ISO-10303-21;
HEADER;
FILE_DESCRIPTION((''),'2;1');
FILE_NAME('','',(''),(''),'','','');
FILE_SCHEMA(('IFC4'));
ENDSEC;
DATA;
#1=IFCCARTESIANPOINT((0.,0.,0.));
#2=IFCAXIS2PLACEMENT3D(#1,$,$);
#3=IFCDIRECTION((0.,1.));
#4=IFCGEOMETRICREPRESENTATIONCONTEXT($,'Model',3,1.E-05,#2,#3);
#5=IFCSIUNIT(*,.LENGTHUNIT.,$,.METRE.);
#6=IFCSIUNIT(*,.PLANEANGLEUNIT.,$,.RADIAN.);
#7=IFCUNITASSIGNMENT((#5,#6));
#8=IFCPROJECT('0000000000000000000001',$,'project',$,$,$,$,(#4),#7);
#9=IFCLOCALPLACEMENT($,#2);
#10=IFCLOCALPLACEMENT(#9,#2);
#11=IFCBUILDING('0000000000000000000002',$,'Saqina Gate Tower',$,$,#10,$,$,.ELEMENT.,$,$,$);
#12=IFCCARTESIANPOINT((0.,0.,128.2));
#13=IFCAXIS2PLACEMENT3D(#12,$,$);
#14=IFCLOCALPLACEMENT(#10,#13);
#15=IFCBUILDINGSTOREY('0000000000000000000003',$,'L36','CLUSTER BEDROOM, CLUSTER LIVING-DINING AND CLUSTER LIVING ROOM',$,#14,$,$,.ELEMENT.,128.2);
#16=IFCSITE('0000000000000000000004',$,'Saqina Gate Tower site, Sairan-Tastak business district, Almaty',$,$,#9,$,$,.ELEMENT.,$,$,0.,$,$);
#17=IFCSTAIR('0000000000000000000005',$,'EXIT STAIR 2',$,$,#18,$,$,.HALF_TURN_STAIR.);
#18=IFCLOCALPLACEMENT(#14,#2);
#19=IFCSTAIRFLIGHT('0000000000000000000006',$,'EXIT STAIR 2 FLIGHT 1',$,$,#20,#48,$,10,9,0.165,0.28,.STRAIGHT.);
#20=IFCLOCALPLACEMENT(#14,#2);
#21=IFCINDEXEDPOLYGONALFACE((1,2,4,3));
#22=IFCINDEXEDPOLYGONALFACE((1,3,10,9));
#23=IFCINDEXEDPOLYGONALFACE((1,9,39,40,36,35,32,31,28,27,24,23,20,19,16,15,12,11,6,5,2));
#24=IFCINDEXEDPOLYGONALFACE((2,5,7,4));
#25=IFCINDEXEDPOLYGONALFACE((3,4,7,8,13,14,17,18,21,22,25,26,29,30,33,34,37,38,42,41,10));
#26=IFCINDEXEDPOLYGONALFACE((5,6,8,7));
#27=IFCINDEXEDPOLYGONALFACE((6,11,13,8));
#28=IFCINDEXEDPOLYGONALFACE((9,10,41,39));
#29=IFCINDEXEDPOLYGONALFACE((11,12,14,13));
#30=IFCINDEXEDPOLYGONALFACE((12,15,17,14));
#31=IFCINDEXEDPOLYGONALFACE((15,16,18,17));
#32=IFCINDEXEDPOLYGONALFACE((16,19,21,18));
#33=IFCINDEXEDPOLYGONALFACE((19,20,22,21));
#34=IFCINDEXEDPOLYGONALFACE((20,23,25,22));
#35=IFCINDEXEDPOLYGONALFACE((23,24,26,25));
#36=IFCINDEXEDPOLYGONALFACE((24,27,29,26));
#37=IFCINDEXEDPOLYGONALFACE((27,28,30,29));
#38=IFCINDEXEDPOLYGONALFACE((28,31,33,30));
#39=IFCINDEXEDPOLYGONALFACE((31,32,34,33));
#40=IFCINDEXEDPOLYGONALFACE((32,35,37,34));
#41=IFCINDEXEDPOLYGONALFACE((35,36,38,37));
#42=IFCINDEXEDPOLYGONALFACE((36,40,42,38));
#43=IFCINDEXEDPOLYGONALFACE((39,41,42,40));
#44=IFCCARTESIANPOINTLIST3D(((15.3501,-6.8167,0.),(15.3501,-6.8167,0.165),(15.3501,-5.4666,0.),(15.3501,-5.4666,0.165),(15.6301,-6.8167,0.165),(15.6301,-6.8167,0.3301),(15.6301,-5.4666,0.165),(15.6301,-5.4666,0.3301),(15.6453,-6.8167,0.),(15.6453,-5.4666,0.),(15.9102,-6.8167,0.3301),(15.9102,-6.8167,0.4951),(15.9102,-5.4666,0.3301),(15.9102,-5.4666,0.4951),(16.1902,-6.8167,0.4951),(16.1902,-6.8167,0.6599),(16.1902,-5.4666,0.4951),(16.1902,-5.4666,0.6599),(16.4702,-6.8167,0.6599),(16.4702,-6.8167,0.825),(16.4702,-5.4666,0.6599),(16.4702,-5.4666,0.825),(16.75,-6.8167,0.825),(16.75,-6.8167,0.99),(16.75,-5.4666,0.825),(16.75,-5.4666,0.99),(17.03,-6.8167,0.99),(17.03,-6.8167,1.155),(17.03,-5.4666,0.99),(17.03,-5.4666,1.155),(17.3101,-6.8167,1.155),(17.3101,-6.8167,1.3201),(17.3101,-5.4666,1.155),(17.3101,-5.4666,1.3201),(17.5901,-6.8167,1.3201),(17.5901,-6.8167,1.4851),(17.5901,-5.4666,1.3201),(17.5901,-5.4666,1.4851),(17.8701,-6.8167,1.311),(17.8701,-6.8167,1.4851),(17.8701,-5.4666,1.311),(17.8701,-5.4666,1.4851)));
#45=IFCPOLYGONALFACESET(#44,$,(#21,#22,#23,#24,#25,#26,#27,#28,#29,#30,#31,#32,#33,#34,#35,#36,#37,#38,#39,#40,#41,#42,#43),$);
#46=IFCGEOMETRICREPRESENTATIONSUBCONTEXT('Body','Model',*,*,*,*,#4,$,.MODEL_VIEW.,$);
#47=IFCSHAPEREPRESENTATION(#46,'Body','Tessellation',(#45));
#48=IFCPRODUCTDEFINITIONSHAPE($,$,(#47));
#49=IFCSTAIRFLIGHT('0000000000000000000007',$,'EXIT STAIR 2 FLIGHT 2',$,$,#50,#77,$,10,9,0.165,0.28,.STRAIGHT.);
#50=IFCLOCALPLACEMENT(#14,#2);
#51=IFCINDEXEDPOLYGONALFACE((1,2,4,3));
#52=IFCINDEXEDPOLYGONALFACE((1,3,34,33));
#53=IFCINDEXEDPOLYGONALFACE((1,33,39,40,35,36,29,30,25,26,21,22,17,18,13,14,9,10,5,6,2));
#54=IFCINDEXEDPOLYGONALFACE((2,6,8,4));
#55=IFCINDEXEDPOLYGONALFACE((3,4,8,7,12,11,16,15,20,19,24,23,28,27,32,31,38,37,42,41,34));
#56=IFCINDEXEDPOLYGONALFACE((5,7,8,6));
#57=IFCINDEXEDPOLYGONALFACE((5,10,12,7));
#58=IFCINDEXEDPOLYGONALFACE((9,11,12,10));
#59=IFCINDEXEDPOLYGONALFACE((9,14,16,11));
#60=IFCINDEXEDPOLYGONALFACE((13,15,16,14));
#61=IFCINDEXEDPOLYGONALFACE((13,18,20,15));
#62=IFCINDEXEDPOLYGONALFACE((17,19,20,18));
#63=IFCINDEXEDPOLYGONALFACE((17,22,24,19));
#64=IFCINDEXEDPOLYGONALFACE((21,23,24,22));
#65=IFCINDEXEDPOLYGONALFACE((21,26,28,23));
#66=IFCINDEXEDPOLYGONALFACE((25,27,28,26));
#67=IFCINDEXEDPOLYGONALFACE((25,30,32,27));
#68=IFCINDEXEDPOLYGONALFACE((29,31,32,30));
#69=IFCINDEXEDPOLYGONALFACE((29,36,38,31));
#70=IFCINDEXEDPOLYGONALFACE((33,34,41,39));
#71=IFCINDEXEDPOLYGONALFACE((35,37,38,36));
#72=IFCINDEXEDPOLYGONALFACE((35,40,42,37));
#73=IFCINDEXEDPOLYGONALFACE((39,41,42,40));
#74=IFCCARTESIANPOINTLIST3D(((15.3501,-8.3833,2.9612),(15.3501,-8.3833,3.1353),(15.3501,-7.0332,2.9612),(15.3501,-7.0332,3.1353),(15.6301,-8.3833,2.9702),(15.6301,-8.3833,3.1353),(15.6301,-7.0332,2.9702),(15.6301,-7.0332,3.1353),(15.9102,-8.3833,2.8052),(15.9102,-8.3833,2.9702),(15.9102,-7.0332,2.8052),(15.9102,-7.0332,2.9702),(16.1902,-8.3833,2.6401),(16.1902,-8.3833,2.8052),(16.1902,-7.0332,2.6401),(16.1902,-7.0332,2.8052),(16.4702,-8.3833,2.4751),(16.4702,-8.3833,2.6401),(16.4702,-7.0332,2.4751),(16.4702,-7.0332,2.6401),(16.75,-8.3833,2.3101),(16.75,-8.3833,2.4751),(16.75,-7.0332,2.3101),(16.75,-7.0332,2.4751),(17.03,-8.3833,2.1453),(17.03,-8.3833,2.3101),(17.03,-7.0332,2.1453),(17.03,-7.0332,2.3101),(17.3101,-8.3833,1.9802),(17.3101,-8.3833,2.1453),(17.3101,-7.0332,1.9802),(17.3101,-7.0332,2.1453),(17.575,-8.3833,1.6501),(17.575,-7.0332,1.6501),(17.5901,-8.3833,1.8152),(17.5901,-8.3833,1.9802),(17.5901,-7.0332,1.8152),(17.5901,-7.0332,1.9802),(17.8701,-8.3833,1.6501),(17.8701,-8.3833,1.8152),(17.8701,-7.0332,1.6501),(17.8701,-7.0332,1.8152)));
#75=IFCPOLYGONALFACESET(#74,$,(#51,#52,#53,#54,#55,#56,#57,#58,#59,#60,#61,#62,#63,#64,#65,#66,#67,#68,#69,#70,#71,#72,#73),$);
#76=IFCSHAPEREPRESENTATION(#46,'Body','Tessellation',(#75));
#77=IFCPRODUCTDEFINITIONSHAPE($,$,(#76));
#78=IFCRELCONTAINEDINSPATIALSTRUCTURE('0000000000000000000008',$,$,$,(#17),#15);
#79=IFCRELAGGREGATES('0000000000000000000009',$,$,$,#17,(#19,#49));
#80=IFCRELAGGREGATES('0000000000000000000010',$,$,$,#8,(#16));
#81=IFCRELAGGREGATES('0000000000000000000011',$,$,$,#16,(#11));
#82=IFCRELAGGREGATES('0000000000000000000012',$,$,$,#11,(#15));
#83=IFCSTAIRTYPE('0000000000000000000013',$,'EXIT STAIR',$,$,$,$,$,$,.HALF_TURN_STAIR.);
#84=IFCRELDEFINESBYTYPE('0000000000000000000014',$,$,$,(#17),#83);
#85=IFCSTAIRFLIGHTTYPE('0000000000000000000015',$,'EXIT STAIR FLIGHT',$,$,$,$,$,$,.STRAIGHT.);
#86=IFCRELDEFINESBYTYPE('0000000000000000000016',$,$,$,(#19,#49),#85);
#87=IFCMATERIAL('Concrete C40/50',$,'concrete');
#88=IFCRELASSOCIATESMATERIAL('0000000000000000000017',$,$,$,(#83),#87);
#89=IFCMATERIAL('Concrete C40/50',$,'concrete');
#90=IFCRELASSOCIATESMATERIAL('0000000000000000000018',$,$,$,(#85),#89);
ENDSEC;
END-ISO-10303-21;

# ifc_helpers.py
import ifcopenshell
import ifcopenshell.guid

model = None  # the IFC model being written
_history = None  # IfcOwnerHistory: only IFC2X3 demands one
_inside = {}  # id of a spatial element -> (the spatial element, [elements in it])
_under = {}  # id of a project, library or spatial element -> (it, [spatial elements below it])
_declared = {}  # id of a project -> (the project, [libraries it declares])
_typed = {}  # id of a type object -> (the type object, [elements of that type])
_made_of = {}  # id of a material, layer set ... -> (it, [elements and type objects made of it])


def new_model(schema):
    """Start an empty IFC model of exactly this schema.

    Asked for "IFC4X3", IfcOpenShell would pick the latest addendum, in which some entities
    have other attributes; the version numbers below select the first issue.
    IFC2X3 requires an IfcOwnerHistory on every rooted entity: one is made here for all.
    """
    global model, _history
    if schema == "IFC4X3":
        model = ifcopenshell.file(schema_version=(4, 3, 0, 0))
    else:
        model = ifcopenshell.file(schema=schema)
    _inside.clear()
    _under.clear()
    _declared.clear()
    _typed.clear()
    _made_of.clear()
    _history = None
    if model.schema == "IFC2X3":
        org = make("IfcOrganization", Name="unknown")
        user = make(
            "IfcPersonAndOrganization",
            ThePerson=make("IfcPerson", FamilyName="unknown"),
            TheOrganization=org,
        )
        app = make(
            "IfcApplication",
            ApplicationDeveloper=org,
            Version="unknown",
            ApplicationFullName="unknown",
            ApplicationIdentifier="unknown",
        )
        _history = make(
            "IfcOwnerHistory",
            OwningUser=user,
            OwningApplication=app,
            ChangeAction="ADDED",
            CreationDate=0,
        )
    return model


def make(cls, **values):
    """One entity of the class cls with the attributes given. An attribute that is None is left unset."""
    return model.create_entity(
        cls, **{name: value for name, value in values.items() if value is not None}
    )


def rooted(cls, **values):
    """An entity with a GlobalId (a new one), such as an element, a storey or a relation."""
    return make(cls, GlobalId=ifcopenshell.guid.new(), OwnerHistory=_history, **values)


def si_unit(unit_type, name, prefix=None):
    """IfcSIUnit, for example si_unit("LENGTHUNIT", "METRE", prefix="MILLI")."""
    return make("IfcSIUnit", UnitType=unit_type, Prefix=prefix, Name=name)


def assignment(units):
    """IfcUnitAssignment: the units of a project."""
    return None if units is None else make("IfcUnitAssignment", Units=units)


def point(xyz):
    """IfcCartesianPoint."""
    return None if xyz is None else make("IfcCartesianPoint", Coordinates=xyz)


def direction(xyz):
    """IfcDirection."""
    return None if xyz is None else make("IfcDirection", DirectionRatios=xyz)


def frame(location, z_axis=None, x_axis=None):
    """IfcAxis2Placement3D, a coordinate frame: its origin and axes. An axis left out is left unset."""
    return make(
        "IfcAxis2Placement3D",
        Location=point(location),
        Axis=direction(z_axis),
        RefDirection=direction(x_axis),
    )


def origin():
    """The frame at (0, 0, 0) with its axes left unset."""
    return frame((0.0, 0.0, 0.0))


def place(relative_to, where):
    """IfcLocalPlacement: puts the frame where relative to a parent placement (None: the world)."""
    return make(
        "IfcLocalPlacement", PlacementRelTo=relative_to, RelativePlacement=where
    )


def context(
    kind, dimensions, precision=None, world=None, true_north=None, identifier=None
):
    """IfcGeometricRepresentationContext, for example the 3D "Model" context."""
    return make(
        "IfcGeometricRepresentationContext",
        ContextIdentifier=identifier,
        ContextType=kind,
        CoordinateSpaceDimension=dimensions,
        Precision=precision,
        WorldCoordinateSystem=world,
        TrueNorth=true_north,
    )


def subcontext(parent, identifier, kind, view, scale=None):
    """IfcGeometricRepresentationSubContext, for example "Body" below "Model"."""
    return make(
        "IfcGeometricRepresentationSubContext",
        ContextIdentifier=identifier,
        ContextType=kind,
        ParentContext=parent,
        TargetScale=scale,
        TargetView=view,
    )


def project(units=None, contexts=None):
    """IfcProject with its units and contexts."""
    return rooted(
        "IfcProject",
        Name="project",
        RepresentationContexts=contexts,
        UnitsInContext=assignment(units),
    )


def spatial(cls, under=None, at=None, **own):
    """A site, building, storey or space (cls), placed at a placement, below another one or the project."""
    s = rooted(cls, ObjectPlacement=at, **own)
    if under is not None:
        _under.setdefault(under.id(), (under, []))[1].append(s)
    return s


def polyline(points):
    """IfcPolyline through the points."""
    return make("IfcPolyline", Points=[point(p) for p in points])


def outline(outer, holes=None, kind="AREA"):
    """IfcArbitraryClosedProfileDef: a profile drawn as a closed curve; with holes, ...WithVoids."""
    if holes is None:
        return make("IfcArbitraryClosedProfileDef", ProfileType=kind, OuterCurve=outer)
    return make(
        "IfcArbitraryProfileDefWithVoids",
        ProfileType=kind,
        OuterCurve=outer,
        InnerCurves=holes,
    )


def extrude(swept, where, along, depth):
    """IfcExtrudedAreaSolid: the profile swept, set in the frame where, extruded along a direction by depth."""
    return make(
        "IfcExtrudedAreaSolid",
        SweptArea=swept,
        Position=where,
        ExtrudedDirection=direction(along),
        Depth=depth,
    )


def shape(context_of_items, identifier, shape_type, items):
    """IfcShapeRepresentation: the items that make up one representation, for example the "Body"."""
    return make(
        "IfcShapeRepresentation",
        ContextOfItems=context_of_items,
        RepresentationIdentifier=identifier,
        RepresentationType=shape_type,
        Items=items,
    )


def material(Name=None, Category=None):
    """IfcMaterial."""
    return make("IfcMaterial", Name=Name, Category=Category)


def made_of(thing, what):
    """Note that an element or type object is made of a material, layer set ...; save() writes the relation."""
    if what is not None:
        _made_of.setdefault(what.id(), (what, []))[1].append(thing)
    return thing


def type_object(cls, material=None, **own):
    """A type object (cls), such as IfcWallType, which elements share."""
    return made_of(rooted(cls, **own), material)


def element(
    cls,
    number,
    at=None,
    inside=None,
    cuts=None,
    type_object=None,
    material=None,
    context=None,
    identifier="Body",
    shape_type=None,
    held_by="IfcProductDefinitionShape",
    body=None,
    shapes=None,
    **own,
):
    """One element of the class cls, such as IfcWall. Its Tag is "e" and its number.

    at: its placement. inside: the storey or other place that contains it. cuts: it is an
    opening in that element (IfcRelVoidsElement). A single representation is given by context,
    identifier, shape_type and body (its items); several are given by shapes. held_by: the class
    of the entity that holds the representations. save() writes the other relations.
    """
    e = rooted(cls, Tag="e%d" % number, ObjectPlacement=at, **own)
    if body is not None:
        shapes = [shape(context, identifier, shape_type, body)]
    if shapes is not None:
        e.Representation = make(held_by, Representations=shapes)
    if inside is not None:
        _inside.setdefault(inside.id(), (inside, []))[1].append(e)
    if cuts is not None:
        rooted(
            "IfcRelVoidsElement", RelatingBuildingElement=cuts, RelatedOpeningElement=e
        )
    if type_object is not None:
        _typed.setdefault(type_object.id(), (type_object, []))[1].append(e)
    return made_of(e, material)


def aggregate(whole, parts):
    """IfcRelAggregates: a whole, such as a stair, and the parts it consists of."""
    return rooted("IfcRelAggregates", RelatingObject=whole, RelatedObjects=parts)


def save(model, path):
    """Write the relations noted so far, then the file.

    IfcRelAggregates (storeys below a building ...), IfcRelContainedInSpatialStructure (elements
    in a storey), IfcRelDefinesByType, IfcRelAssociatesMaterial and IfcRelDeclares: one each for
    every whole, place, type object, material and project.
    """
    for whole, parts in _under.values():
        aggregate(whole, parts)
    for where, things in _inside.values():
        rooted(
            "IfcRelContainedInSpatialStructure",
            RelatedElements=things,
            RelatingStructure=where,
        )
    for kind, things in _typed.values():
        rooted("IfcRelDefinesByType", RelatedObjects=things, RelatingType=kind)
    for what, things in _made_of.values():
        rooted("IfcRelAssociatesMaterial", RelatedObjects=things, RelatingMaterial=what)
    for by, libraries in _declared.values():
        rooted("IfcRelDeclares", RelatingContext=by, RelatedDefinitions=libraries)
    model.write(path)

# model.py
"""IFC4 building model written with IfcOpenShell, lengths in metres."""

from ifc_helpers import new_model, si_unit, direction, frame, origin, place, context, subcontext, project, spatial, polyline, outline, extrude, material, type_object, element, aggregate, save


model = new_model("IFC4")

# Units and contexts
model_context = context("Model", 3, precision=1e-05, world=origin(), true_north=direction((0.0, 1.0)))
body_context = subcontext(model_context, "Body", "Model", "MODEL_VIEW")
ifc_project = project(units=[si_unit("LENGTHUNIT", "METRE"), si_unit("PLANEANGLEUNIT", "RADIAN")], contexts=[model_context])

# Site, building, storey
site_placement = place(None, origin())
site = spatial("IfcSite", under=ifc_project, at=site_placement, Name="Saqina Gate Tower site, Sairan-Tastak business district, Almaty", CompositionType="ELEMENT", RefElevation=0.0)
building_placement = place(site_placement, origin())
building = spatial("IfcBuilding", under=site, at=building_placement, Name="Saqina Gate Tower", CompositionType="ELEMENT")
storey_placement = place(building_placement, frame((0.0, 0.0, 128.2)))
storey = spatial("IfcBuildingStorey", under=building, at=storey_placement, Name="L36", Description="CLUSTER BEDROOM, CLUSTER LIVING-DINING AND CLUSTER LIVING ROOM", CompositionType="ELEMENT", Elevation=128.2)

# Stair, stair flights
ifc_material_1 = material(Name="Concrete C40/50", Category="concrete")
stair_type = type_object("IfcStairType", Name="EXIT STAIR", PredefinedType="HALF_TURN_STAIR", material=ifc_material_1)
stair_placement = place(storey_placement, origin())
stair = element("IfcStair", 1, at=stair_placement, inside=storey, type_object=stair_type, Name="EXIT STAIR 2", PredefinedType="HALF_TURN_STAIR")
ifc_material_2 = material(Name="Concrete C40/50", Category="concrete")
stair_flight_type = type_object("IfcStairFlightType", Name="EXIT STAIR FLIGHT", PredefinedType="STRAIGHT", material=ifc_material_2)
stair_flight_1_placement = place(storey_placement, frame((15.3501, -6.1416, 0.0), z_axis=(0.0, 0.0, 1.0), x_axis=(1.0, 0.0, 0.0)))
stair_flight_1 = element("IfcStairFlight", 2, at=stair_flight_1_placement, type_object=stair_flight_type, Name="EXIT STAIR 2 FLIGHT 1", NumberOfRisers=10, NumberOfTreads=9, PredefinedType="STRAIGHT", RiserHeight=0.165, TreadLength=0.28, context=body_context, shape_type="SweptSolid", body=[
    extrude(outline(polyline([(0.0, 0.0), (0.0, 0.165), (0.28, 0.165), (0.28, 0.3301), (0.5601, 0.3301), (0.5601, 0.4951), (0.8401, 0.4951), (0.8401, 0.6599), (1.1201, 0.6599), (1.1201, 0.825), (1.3999, 0.825), (1.3999, 0.99), (1.6799, 0.99), (1.6799, 1.155), (1.96, 1.155), (1.96, 1.3201), (2.24, 1.3201), (2.24, 1.4851), (2.52, 1.4851), (2.52, 1.6499), (2.52, 1.311), (0.2952, 0.0), (0.0, 0.0)])), frame((0.0, 0.675, 0.0), z_axis=(0.0, -1.0, 0.0), x_axis=(1.0, 0.0, 0.0)), (0.0, 0.0, 1.0), 1.3501),
])
stair_flight_2_placement = place(storey_placement, frame((17.8701, -7.7083, 1.6501), z_axis=(0.0, 0.0, 1.0), x_axis=(-1.0, 0.0, 0.0)))
stair_flight_2 = element("IfcStairFlight", 3, at=stair_flight_2_placement, type_object=stair_flight_type, Name="EXIT STAIR 2 FLIGHT 2", NumberOfRisers=10, NumberOfTreads=9, PredefinedType="STRAIGHT", RiserHeight=0.165, TreadLength=0.28, context=body_context, shape_type="SweptSolid", body=[
    extrude(outline(polyline([(0.0, 0.0), (0.0, 0.165), (0.28, 0.165), (0.28, 0.3301), (0.5601, 0.3301), (0.5601, 0.4951), (0.8401, 0.4951), (0.8401, 0.6599), (1.1201, 0.6599), (1.1201, 0.825), (1.3999, 0.825), (1.3999, 0.99), (1.6799, 0.99), (1.6799, 1.155), (1.96, 1.155), (1.96, 1.3201), (2.24, 1.3201), (2.24, 1.4851), (2.52, 1.4851), (2.52, 1.6499), (2.52, 1.311), (0.2952, 0.0), (0.0, 0.0)])), frame((0.0, 0.675, 0.0), z_axis=(0.0, -1.0, 0.0), x_axis=(1.0, 0.0, 0.0)), (0.0, 0.0, 1.0), 1.3501),
])
aggregate(stair, [stair_flight_1, stair_flight_2])

save(model, "model.ifc")
